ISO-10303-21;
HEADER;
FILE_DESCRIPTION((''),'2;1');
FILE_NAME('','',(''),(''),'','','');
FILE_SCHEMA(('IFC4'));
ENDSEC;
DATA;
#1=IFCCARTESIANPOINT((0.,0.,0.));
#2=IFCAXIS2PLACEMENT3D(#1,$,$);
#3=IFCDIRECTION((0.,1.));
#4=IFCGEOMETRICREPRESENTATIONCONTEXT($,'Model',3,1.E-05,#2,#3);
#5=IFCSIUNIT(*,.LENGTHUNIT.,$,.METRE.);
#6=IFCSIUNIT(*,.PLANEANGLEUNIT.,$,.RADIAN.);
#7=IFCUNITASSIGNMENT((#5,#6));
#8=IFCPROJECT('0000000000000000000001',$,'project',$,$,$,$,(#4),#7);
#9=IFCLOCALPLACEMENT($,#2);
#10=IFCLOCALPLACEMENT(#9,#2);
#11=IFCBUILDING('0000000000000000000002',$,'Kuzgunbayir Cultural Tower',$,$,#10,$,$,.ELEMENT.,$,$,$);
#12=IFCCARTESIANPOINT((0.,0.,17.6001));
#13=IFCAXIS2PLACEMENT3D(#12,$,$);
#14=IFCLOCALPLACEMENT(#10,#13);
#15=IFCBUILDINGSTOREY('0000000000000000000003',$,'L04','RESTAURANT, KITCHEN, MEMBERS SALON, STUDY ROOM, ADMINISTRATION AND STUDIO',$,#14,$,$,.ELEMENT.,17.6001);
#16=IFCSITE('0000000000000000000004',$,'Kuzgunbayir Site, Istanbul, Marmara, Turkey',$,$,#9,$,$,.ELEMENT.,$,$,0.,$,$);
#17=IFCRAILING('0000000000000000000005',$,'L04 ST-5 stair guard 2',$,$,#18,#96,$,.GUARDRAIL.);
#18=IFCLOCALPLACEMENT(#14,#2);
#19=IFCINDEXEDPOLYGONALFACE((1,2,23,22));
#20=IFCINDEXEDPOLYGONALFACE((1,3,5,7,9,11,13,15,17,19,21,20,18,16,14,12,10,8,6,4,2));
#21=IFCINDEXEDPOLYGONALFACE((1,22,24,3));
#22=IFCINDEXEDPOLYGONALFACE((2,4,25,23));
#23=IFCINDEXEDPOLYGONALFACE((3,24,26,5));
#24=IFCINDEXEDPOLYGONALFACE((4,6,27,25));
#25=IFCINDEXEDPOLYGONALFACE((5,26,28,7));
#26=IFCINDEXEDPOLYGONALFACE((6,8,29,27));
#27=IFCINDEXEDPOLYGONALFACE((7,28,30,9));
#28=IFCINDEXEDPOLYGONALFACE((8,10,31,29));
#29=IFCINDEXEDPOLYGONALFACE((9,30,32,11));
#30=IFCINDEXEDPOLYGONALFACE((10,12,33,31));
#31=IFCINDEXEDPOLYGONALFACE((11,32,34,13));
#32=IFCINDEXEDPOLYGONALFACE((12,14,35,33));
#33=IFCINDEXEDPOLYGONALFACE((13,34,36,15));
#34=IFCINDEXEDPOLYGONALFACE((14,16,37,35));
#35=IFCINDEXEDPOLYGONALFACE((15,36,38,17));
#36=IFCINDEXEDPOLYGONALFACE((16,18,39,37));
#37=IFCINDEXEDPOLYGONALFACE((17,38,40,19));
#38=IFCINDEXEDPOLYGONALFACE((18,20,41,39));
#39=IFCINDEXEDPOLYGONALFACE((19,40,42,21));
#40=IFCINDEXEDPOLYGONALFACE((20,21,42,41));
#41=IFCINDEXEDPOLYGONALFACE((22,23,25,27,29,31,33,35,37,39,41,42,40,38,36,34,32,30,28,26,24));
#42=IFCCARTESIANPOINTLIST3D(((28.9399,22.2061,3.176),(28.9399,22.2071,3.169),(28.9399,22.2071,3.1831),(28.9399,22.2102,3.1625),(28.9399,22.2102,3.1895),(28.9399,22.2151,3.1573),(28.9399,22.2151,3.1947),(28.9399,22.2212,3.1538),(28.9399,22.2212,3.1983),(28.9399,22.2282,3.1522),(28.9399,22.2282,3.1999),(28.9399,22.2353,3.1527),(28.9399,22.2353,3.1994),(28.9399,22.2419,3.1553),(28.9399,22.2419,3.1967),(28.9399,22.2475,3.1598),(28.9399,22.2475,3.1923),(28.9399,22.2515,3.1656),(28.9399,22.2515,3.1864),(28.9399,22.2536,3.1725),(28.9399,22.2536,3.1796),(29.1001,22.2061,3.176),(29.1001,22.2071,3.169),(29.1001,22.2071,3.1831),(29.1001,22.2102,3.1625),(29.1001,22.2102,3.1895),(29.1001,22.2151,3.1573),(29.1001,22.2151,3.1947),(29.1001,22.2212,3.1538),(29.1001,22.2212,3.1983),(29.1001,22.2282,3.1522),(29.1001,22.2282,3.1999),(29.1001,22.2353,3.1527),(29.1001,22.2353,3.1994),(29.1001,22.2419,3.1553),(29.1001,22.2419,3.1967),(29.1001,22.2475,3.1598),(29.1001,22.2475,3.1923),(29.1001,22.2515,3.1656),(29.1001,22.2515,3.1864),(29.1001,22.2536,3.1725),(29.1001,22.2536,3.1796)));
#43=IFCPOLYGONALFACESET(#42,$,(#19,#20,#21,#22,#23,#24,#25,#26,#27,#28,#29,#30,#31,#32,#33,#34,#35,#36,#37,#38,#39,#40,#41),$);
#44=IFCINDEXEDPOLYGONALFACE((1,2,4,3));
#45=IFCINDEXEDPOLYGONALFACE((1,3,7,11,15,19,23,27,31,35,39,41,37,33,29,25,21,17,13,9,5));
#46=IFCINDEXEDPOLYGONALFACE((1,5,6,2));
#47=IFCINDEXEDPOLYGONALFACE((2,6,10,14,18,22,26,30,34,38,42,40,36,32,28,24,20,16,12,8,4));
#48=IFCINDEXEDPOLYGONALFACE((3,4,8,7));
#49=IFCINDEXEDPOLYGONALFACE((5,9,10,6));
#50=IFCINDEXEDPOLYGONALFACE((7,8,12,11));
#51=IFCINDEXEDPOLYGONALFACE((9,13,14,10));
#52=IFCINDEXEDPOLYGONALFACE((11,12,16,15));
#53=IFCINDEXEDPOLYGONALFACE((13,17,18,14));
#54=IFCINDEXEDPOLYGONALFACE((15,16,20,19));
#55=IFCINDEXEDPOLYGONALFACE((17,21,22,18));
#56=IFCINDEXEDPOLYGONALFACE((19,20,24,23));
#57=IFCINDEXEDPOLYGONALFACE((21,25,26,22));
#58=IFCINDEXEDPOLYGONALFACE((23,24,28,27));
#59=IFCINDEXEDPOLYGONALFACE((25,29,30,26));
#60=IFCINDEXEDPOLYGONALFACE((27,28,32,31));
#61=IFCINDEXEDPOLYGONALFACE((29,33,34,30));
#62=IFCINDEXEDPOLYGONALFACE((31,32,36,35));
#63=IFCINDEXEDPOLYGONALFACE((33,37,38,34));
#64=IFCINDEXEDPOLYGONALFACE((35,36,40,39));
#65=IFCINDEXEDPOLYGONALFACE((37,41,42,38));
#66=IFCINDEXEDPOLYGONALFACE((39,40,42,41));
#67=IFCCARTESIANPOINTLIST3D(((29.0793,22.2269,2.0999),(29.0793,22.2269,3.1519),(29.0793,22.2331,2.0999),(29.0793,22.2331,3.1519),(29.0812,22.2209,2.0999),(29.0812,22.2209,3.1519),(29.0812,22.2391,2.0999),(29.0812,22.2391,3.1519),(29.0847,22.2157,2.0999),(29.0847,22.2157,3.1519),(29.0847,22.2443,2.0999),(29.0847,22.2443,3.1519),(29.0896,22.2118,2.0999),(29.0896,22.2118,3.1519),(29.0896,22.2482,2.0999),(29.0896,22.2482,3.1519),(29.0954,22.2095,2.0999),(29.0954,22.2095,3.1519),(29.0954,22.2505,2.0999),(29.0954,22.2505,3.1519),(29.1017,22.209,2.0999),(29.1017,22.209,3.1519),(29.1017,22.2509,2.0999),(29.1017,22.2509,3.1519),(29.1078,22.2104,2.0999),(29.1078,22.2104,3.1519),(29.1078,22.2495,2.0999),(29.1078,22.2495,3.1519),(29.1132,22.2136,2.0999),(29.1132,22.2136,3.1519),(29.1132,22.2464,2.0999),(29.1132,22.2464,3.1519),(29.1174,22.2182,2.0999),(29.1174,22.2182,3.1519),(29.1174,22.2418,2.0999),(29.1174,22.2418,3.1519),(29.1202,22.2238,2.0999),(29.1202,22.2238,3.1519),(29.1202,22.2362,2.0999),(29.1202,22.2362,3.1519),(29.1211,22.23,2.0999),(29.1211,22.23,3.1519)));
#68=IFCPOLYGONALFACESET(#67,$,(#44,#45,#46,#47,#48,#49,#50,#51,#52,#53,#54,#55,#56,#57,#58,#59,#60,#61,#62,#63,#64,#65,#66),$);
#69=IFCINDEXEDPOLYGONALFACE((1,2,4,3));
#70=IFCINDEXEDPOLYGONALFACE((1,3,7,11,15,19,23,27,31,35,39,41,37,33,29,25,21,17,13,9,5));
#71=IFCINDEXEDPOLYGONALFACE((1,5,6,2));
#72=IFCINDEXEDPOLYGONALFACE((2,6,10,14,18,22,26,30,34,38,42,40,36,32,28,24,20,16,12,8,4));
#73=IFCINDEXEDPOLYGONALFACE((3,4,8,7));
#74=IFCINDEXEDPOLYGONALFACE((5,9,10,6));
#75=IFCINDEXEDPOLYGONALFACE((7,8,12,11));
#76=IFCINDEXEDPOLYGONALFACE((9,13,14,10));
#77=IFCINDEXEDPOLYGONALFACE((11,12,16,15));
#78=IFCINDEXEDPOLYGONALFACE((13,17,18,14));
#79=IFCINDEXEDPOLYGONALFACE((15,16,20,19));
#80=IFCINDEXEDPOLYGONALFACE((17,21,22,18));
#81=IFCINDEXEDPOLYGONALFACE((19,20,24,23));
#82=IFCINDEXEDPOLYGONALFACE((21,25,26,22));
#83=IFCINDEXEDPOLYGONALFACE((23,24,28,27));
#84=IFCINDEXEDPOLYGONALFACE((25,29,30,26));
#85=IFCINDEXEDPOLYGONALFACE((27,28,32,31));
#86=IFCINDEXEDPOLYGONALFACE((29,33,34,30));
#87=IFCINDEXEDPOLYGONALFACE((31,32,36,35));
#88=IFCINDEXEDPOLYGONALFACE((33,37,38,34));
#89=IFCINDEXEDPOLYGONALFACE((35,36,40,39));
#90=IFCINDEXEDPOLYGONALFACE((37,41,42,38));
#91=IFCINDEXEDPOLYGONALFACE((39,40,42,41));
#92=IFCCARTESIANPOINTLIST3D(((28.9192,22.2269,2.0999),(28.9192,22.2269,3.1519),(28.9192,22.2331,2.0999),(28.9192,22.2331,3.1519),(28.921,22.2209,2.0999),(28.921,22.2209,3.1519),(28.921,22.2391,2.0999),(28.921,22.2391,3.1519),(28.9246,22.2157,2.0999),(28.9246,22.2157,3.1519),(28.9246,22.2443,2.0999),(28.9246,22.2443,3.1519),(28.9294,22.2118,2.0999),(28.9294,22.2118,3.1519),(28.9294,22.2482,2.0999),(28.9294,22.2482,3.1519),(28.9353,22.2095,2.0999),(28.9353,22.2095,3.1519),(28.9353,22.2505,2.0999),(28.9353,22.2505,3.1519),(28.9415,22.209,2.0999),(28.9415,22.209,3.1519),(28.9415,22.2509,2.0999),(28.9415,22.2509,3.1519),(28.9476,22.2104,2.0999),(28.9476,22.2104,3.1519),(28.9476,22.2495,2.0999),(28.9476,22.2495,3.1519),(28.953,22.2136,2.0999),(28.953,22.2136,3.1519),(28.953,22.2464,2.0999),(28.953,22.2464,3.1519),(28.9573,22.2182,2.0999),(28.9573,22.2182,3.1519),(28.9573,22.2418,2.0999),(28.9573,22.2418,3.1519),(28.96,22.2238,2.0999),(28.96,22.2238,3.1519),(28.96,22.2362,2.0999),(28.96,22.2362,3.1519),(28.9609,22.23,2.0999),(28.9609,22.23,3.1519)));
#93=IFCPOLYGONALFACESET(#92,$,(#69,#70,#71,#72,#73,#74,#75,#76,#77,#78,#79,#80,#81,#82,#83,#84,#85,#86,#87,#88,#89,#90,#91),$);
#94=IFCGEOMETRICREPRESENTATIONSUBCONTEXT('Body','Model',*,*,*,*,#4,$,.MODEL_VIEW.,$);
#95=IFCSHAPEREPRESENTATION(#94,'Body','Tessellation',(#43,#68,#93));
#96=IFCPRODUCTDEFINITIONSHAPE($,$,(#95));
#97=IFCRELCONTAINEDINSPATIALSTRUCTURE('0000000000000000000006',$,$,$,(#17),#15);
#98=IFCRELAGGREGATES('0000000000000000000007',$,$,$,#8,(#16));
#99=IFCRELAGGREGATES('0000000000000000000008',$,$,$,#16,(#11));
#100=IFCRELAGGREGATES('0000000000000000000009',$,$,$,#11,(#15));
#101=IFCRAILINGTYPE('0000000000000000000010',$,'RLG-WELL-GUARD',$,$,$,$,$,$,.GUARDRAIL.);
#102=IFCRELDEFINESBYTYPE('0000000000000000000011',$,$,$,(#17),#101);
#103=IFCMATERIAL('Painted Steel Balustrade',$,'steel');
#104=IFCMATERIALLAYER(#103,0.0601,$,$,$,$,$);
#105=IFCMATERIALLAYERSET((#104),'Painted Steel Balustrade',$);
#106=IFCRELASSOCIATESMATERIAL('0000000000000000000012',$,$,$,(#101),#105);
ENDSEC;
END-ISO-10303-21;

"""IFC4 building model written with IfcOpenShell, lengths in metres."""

from ifc_helpers import new_model, si_unit, direction, frame, origin, origin_2d, place, context, subcontext, project, spatial, circle, extrude, material, layer, layer_set, type_object, element, save


model = new_model("IFC4")

# Units and contexts
model_context = context("Model", 3, precision=1e-05, world=origin(), true_north=direction((0.0, 1.0)))
body_context = subcontext(model_context, "Body", "Model", "MODEL_VIEW")
ifc_project = project(units=[si_unit("LENGTHUNIT", "METRE"), si_unit("PLANEANGLEUNIT", "RADIAN")], contexts=[model_context])

# Site, building, storey
site_placement = place(None, origin())
site = spatial("IfcSite", under=ifc_project, at=site_placement, Name="Kuzgunbayir Site, Istanbul, Marmara, Turkey", CompositionType="ELEMENT", RefElevation=0.0)
building_placement = place(site_placement, origin())
building = spatial("IfcBuilding", under=site, at=building_placement, Name="Kuzgunbayir Cultural Tower", CompositionType="ELEMENT")
storey_placement = place(building_placement, frame((0.0, 0.0, 17.6001)))
storey = spatial("IfcBuildingStorey", under=building, at=storey_placement, Name="L04", Description="RESTAURANT, KITCHEN, MEMBERS SALON, STUDY ROOM, ADMINISTRATION AND STUDIO", CompositionType="ELEMENT", Elevation=17.6001)

# Railing
ifc_material_1 = material(Name="Painted Steel Balustrade", Category="steel")
ifc_layer_1 = layer(ifc_material_1, 0.0601)
ifc_layer_set_1 = layer_set([ifc_layer_1], Name="Painted Steel Balustrade")
railing_type_1 = type_object("IfcRailingType", Name="RLG-WELL-GUARD", PredefinedType="GUARDRAIL", material=ifc_layer_set_1)
railing_1_placement = place(storey_placement, frame((29.1001, 22.23, 2.0999)))
element("IfcRailing", 1, at=railing_1_placement, inside=storey, type_object=railing_type_1, Name="L04 ST-5 stair guard 2", PredefinedType="GUARDRAIL", context=body_context, shape_type="SweptSolid", body=[
    extrude(circle(Radius=0.0239, at=origin_2d()), frame((0.0, 0.0, 1.0762), z_axis=(-1.0, 0.0, 0.0), x_axis=(0.0, -1.0, 0.0)), (0.0, 0.0, 1.0), 0.1602),
    extrude(circle(Radius=0.021, at=origin_2d()), origin(), (0.0, 0.0, 1.0), 1.052),
    extrude(circle(Radius=0.021, at=origin_2d()), frame((-0.1602, 0.0, 0.0)), (0.0, 0.0, 1.0), 1.052),
])

save(model, "model.ifc")
